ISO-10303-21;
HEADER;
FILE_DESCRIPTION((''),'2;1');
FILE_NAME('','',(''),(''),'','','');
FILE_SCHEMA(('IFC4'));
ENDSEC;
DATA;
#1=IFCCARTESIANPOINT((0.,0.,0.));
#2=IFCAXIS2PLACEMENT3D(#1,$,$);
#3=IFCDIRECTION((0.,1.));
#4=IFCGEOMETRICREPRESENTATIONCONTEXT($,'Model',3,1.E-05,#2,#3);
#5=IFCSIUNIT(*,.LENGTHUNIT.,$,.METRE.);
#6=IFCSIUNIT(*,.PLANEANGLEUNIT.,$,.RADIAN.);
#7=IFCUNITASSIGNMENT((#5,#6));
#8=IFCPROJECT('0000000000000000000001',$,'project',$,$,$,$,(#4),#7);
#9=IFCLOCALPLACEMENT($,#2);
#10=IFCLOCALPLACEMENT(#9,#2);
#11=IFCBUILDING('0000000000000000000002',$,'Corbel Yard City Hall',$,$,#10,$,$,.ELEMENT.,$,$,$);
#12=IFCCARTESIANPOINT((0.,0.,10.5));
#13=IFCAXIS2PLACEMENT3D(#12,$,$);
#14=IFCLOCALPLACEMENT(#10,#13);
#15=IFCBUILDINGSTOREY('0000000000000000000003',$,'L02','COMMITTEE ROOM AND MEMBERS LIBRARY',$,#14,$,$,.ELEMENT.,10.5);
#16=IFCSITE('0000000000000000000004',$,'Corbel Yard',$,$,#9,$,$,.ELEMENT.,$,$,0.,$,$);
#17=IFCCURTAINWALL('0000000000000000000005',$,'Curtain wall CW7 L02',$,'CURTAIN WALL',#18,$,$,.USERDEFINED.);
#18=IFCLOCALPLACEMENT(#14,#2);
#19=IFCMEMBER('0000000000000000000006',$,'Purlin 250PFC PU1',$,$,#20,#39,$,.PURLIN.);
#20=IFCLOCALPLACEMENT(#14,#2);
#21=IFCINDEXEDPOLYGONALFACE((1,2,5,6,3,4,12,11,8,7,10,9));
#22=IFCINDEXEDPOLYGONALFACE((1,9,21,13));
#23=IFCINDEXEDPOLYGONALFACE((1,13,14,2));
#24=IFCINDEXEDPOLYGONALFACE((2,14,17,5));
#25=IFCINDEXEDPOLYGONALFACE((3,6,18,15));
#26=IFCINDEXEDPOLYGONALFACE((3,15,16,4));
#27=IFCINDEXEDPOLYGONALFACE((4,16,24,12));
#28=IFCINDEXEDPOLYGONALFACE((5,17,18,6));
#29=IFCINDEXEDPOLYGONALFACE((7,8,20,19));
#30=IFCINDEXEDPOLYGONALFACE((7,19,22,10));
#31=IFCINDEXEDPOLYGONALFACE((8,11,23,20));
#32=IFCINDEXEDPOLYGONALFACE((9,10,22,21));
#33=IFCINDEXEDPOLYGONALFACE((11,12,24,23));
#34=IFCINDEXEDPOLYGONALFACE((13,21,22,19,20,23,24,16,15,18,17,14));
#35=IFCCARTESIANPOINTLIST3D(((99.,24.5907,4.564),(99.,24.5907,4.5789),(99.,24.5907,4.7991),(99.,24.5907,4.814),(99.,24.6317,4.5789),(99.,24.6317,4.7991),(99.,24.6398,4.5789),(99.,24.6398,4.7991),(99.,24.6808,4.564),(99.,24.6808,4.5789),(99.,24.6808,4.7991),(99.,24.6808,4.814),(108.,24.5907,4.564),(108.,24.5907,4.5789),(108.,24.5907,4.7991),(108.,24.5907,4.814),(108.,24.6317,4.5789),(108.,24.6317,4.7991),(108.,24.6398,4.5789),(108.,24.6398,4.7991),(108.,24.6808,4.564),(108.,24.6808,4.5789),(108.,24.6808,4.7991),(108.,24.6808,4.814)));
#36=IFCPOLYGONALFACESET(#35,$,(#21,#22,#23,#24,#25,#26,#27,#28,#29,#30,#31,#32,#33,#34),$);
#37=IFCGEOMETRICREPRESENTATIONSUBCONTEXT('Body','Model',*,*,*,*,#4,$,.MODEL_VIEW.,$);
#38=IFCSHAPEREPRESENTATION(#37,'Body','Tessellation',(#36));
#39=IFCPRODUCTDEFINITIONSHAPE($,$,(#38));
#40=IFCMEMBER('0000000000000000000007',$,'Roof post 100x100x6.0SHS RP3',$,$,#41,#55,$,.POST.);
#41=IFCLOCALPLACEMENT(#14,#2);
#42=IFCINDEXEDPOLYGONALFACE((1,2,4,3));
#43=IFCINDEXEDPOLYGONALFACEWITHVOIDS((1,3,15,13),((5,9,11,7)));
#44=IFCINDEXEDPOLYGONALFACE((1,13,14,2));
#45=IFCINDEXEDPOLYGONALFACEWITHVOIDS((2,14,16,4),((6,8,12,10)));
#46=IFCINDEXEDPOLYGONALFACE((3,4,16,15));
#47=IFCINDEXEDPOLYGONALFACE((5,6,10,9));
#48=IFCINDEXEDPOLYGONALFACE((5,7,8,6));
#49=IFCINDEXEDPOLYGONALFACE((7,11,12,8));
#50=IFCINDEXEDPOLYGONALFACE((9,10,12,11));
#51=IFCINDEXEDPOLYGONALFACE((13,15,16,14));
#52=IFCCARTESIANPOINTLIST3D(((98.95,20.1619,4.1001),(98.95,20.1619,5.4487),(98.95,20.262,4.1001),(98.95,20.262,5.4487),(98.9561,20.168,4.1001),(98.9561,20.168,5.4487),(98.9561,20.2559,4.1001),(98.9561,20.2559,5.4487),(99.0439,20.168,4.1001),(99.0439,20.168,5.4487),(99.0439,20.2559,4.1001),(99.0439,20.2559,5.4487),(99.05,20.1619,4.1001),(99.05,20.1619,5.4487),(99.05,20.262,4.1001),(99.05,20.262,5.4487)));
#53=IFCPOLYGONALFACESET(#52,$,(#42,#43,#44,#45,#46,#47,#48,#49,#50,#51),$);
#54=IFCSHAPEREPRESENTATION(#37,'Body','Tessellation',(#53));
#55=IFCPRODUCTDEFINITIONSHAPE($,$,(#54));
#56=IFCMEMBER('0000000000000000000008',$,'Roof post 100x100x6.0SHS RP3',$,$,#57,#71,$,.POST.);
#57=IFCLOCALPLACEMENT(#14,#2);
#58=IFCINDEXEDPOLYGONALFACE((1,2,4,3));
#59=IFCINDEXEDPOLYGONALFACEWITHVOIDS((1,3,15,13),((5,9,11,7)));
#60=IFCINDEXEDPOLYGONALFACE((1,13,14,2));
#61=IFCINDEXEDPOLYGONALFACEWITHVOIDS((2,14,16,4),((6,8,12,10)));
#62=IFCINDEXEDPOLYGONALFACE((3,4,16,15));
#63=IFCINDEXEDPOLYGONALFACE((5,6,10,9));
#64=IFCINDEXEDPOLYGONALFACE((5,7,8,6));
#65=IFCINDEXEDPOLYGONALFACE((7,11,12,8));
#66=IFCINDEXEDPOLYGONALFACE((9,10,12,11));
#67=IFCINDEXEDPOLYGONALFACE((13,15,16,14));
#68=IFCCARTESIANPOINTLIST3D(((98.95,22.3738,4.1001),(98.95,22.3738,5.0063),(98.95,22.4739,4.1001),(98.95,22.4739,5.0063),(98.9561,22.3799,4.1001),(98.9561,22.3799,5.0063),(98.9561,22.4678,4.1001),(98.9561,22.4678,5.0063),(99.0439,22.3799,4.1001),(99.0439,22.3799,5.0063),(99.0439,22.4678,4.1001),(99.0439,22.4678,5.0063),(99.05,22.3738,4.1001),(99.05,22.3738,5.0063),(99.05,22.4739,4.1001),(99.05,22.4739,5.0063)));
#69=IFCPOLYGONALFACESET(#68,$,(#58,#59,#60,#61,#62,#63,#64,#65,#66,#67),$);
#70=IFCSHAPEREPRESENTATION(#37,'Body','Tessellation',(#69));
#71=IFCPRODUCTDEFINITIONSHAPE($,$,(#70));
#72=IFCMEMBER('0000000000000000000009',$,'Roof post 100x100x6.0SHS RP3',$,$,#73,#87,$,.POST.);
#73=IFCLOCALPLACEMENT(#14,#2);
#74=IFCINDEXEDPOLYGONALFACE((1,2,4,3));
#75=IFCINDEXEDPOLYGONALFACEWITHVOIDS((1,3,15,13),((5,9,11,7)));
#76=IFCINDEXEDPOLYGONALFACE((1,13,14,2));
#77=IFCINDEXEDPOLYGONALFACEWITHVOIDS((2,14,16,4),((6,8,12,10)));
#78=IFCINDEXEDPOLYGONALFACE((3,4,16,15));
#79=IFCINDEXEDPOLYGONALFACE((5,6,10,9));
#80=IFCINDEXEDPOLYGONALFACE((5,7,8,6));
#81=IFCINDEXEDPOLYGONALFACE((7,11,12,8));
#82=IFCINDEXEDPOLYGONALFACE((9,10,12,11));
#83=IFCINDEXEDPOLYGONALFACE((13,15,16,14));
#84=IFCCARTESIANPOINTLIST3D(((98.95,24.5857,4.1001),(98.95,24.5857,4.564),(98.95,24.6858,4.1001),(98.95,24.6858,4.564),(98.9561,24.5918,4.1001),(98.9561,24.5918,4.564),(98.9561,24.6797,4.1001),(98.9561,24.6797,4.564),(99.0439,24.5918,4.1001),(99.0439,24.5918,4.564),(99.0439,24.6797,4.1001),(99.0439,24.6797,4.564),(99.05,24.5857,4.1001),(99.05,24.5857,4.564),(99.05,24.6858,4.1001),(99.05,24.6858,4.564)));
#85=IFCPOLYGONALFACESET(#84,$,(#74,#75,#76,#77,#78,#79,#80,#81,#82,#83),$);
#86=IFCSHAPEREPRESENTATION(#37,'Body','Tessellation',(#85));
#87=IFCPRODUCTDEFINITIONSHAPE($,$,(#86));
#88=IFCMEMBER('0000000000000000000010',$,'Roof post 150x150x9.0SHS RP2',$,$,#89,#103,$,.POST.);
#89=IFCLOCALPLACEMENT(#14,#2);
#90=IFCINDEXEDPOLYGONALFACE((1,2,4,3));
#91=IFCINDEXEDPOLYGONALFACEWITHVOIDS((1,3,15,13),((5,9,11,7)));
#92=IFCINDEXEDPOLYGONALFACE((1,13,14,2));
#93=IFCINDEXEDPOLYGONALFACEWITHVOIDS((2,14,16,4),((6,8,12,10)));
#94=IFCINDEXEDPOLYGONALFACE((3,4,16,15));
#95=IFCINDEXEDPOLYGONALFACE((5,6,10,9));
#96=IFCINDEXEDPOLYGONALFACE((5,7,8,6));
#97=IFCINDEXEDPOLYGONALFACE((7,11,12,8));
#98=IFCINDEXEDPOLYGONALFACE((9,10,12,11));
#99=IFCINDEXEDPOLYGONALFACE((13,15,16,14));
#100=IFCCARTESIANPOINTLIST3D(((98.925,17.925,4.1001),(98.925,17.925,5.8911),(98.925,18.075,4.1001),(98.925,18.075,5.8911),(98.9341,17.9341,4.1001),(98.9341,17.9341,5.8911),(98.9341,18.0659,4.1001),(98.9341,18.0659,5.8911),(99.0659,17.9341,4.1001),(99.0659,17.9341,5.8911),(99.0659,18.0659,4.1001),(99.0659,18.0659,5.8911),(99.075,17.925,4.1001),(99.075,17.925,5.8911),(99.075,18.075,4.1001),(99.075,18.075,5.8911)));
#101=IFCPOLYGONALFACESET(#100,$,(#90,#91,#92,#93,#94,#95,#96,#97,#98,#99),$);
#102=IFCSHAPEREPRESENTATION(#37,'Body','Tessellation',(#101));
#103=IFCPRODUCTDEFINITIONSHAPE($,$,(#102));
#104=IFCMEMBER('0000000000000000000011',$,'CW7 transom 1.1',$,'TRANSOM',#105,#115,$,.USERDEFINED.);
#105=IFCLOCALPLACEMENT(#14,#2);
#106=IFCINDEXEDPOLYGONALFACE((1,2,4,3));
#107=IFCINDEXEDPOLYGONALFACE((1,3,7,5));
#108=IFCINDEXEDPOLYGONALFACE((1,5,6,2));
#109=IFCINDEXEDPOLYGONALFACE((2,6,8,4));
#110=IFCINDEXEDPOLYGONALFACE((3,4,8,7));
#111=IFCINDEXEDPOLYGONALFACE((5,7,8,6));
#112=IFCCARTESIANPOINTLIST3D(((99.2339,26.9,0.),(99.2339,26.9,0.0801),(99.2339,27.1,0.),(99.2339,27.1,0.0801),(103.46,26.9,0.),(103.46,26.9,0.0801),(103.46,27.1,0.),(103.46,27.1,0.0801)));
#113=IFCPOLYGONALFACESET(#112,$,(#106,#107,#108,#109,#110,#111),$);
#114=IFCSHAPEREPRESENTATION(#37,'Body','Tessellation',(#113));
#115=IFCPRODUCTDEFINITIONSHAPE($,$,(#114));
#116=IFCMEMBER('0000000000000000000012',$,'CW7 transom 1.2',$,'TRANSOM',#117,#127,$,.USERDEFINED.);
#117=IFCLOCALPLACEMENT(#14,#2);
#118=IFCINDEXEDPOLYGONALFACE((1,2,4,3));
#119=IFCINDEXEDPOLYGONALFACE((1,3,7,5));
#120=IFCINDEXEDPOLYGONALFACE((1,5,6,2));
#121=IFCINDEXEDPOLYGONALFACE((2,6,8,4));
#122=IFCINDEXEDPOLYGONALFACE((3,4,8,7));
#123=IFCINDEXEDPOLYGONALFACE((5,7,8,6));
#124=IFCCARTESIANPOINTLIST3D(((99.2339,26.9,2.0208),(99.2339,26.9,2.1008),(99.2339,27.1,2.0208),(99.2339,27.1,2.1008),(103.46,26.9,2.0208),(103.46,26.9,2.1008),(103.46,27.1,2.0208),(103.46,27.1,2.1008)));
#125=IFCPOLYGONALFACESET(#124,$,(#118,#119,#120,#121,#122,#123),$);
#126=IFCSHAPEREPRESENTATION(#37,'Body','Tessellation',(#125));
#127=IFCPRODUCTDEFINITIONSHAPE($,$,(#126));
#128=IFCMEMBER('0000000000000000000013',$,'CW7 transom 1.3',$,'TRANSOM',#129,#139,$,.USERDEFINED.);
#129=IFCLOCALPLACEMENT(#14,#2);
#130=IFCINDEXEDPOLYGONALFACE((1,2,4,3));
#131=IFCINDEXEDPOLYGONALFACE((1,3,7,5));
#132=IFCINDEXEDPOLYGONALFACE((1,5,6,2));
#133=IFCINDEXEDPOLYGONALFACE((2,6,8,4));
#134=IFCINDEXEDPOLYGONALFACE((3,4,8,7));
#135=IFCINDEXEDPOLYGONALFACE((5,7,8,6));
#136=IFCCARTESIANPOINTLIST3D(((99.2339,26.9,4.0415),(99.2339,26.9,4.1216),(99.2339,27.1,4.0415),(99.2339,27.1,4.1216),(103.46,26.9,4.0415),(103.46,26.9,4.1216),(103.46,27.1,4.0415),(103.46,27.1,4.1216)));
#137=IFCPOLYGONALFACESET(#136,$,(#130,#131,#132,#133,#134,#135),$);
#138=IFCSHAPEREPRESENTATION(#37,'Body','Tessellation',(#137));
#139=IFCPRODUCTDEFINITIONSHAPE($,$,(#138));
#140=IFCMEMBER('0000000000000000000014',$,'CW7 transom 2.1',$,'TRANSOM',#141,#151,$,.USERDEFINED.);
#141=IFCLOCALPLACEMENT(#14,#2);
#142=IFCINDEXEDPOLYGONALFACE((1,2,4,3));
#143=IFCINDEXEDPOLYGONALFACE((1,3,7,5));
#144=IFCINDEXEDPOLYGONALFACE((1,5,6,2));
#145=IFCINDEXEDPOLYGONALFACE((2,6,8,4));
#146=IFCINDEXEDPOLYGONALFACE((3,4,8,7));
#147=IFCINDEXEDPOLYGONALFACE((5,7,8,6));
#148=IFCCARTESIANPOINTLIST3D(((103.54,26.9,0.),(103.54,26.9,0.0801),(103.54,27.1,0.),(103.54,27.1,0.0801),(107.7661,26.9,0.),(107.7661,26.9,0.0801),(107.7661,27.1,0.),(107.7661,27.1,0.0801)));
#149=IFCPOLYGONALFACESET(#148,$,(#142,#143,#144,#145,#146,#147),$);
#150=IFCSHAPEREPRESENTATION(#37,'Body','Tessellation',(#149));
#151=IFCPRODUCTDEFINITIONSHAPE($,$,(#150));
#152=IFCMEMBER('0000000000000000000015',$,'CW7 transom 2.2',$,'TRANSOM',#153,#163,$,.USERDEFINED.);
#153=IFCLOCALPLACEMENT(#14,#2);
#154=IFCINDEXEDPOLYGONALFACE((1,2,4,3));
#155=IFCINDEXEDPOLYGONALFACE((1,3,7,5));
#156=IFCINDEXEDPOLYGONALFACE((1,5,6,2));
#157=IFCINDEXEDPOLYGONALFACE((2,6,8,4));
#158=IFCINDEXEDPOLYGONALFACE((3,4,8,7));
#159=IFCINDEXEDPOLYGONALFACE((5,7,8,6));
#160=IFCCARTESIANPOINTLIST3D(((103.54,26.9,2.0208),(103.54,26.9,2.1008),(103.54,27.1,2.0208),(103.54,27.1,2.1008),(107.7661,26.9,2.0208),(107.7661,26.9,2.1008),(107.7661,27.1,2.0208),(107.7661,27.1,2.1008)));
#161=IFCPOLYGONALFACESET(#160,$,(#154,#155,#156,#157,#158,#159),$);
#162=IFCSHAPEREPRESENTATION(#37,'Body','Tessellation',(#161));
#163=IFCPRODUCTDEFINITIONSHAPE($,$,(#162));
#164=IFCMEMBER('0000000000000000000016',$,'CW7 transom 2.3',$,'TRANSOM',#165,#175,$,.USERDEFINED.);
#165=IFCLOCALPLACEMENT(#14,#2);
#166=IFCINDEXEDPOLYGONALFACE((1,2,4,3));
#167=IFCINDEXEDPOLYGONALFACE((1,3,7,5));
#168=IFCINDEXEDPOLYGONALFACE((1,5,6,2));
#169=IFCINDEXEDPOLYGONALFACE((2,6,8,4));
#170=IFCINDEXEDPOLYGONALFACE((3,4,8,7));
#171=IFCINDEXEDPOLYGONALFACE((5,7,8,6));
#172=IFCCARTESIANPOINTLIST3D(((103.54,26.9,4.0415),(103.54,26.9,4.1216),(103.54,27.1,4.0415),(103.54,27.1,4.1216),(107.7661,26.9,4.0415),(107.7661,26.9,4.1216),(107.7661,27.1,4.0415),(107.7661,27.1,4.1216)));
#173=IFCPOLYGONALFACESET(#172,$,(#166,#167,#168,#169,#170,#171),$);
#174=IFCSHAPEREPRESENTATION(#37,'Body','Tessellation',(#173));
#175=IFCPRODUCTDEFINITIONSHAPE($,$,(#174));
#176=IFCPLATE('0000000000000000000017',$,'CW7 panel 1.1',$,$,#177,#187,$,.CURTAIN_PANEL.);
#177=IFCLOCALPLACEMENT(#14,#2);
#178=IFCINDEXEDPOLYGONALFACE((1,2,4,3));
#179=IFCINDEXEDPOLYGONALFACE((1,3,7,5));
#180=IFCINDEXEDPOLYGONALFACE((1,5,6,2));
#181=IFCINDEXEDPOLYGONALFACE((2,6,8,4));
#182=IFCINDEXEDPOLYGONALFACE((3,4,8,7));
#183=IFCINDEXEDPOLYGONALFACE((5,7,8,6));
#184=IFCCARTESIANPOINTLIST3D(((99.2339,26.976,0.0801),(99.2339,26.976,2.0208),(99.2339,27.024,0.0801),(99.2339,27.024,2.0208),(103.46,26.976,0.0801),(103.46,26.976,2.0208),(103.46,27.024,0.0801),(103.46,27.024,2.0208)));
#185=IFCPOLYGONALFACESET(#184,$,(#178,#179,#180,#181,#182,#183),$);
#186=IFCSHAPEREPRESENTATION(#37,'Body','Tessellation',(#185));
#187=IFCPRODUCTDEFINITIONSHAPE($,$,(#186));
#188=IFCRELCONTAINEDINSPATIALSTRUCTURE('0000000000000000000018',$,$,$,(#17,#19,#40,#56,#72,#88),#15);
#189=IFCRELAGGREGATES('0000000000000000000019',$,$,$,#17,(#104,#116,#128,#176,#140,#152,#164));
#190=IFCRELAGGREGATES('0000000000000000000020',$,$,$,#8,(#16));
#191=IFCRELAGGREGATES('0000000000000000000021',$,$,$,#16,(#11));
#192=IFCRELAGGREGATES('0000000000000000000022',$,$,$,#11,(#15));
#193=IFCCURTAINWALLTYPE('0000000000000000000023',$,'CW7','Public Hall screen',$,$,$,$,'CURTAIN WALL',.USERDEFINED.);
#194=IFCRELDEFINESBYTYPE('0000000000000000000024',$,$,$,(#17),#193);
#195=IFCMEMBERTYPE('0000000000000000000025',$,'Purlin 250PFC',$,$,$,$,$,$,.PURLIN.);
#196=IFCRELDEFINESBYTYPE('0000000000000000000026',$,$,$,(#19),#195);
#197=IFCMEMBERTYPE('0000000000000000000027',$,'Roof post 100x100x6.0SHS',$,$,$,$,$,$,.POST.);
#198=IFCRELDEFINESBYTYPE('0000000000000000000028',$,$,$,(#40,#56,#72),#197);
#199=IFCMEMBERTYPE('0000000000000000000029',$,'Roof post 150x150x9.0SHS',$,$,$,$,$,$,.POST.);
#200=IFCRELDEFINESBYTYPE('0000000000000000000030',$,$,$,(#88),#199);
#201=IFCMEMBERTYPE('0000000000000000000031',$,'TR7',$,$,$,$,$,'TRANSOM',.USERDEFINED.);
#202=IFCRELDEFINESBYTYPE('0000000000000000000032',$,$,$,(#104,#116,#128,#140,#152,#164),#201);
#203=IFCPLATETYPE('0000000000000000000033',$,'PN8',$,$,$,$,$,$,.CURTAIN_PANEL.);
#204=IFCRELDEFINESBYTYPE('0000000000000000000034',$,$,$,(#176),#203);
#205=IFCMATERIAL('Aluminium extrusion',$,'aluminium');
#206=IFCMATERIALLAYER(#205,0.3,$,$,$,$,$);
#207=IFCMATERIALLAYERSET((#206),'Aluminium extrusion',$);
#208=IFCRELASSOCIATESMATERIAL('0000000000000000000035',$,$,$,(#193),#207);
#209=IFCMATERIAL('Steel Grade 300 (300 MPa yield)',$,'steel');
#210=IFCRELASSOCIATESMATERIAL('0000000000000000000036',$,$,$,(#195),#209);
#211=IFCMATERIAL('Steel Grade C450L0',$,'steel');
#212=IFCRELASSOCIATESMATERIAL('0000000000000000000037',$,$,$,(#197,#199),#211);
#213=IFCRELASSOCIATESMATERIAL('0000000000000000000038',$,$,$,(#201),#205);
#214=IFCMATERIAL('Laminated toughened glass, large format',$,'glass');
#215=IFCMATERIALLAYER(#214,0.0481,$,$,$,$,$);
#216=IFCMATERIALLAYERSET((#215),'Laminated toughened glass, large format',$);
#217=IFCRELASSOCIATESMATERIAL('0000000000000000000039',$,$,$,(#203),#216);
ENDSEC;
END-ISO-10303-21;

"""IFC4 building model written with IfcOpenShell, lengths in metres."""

from ifc_helpers import new_model, si_unit, direction, frame, origin, origin_2d, place, context, subcontext, project, spatial, rectangle, hollow_rectangle, i_section, extrude, material, layer, layer_set, material_profile, profile_set, type_object, element, aggregate, save


model = new_model("IFC4")

# Units and contexts
model_context = context("Model", 3, precision=1e-05, world=origin(), true_north=direction((0.0, 1.0)))
body_context = subcontext(model_context, "Body", "Model", "MODEL_VIEW")
ifc_project = project(units=[si_unit("LENGTHUNIT", "METRE"), si_unit("PLANEANGLEUNIT", "RADIAN")], contexts=[model_context])

# Site, building, storey
site_placement = place(None, origin())
site = spatial("IfcSite", under=ifc_project, at=site_placement, Name="Corbel Yard", CompositionType="ELEMENT", RefElevation=0.0)
building_placement = place(site_placement, origin())
building = spatial("IfcBuilding", under=site, at=building_placement, Name="Corbel Yard City Hall", CompositionType="ELEMENT")
storey_placement = place(building_placement, frame((0.0, 0.0, 10.5)))
storey = spatial("IfcBuildingStorey", under=building, at=storey_placement, Name="L02", Description="COMMITTEE ROOM AND MEMBERS LIBRARY", CompositionType="ELEMENT", Elevation=10.5)

# Shared definitions
ifc_material_1 = material(Name="Steel Grade 300 (300 MPa yield)", Category="steel")

# Curtain wall
ifc_material_2 = material(Name="Aluminium extrusion", Category="aluminium")
ifc_layer_1 = layer(ifc_material_2, 0.3)
ifc_layer_set_1 = layer_set([ifc_layer_1], Name="Aluminium extrusion")
curtain_wall_type = type_object("IfcCurtainWallType", Name="CW7", Description="Public Hall screen", ElementType="CURTAIN WALL", PredefinedType="USERDEFINED", material=ifc_layer_set_1)
curtain_wall_placement = place(storey_placement, origin())
curtain_wall = element("IfcCurtainWall", 1, at=curtain_wall_placement, inside=storey, type_object=curtain_wall_type, Name="Curtain wall CW7 L02", ObjectType="CURTAIN WALL", PredefinedType="USERDEFINED")

# Members
ifc_material_profile_1 = material_profile(ifc_material_1, i_section(OverallWidth=0.0901, OverallDepth=0.25, WebThickness=0.0081, FlangeThickness=0.0149, at=origin_2d()), Name="250PFC")
ifc_profile_set_1 = profile_set([ifc_material_profile_1], Name="Steel Grade 300 (300 MPa yield)")
member_type_1 = type_object("IfcMemberType", Name="Purlin 250PFC", PredefinedType="PURLIN", material=ifc_profile_set_1)
for number, where, z_axis, x_axis, name in (
    (2, (99.0, 24.6357, 4.689), (1.0, 0.0, 0.0), (0.0, 1.0, 0.0), "Purlin 250PFC PU1"),
):
    element("IfcMember", number, at=place(storey_placement, frame(where, z_axis=z_axis, x_axis=x_axis)), inside=storey, type_object=member_type_1, Name=name, PredefinedType="PURLIN", context=body_context, shape_type="SweptSolid", body=[
        extrude(i_section(OverallWidth=0.0901, OverallDepth=0.25, WebThickness=0.0081, FlangeThickness=0.0149, at=origin_2d()), origin(), (0.0, 0.0, 1.0), 9.0),
    ])
ifc_material_3 = material(Name="Steel Grade C450L0", Category="steel")
ifc_material_profile_2 = material_profile(ifc_material_3, hollow_rectangle(XDim=0.1001, YDim=0.1001, WallThickness=0.0061, at=origin_2d()), Name="100x100x6.0SHS")
ifc_profile_set_2 = profile_set([ifc_material_profile_2], Name="Steel Grade C450L0")
member_type_2 = type_object("IfcMemberType", Name="Roof post 100x100x6.0SHS", PredefinedType="POST", material=ifc_profile_set_2)
member_1_placement = place(storey_placement, frame((99.0, 20.2119, 4.1001), z_axis=(0.0, 0.0, 1.0), x_axis=(1.0, 0.0, 0.0)))
element("IfcMember", 3, at=member_1_placement, inside=storey, type_object=member_type_2, Name="Roof post 100x100x6.0SHS RP3", PredefinedType="POST", context=body_context, shape_type="SweptSolid", body=[
    extrude(hollow_rectangle(XDim=0.1001, YDim=0.1001, WallThickness=0.0061, at=origin_2d()), origin(), (0.0, 0.0, 1.0), 1.3486),
])
member_2_placement = place(storey_placement, frame((99.0, 22.4238, 4.1001), z_axis=(0.0, 0.0, 1.0), x_axis=(1.0, 0.0, 0.0)))
element("IfcMember", 4, at=member_2_placement, inside=storey, type_object=member_type_2, Name="Roof post 100x100x6.0SHS RP3", PredefinedType="POST", context=body_context, shape_type="SweptSolid", body=[
    extrude(hollow_rectangle(XDim=0.1001, YDim=0.1001, WallThickness=0.0061, at=origin_2d()), origin(), (0.0, 0.0, 1.0), 0.9062),
])
member_3_placement = place(storey_placement, frame((99.0, 24.6357, 4.1001), z_axis=(0.0, 0.0, 1.0), x_axis=(1.0, 0.0, 0.0)))
element("IfcMember", 5, at=member_3_placement, inside=storey, type_object=member_type_2, Name="Roof post 100x100x6.0SHS RP3", PredefinedType="POST", context=body_context, shape_type="SweptSolid", body=[
    extrude(hollow_rectangle(XDim=0.1001, YDim=0.1001, WallThickness=0.0061, at=origin_2d()), origin(), (0.0, 0.0, 1.0), 0.4639),
])
ifc_material_profile_3 = material_profile(ifc_material_3, hollow_rectangle(XDim=0.1499, YDim=0.1499, WallThickness=0.009, at=origin_2d()), Name="150x150x9.0SHS")
ifc_profile_set_3 = profile_set([ifc_material_profile_3], Name="Steel Grade C450L0")
member_type_3 = type_object("IfcMemberType", Name="Roof post 150x150x9.0SHS", PredefinedType="POST", material=ifc_profile_set_3)
member_4_placement = place(storey_placement, frame((99.0, 18.0, 4.1001), z_axis=(0.0, 0.0, 1.0), x_axis=(1.0, 0.0, 0.0)))
element("IfcMember", 6, at=member_4_placement, inside=storey, type_object=member_type_3, Name="Roof post 150x150x9.0SHS RP2", PredefinedType="POST", context=body_context, shape_type="SweptSolid", body=[
    extrude(hollow_rectangle(XDim=0.1499, YDim=0.1499, WallThickness=0.009, at=origin_2d()), origin(), (0.0, 0.0, 1.0), 1.791),
])

# Members
ifc_material_profile_4 = material_profile(ifc_material_2, rectangle(XDim=0.2, YDim=0.0801, at=origin_2d()), Name="200x80")
ifc_profile_set_4 = profile_set([ifc_material_profile_4], Name="Aluminium extrusion")
member_type_4 = type_object("IfcMemberType", Name="TR7", ElementType="TRANSOM", PredefinedType="USERDEFINED", material=ifc_profile_set_4)
member_5_placement = place(storey_placement, frame((99.2339, 27.0, 0.04), z_axis=(1.0, 0.0, 0.0), x_axis=(0.0, 1.0, 0.0)))
member_5 = element("IfcMember", 7, at=member_5_placement, type_object=member_type_4, Name="CW7 transom 1.1", ObjectType="TRANSOM", PredefinedType="USERDEFINED", context=body_context, shape_type="SweptSolid", body=[
    extrude(rectangle(XDim=0.2, YDim=0.0801, at=origin_2d()), origin(), (0.0, 0.0, 1.0), 4.2261),
])
member_6_placement = place(storey_placement, frame((99.2339, 27.0, 2.0608), z_axis=(1.0, 0.0, 0.0), x_axis=(0.0, 1.0, 0.0)))
member_6 = element("IfcMember", 8, at=member_6_placement, type_object=member_type_4, Name="CW7 transom 1.2", ObjectType="TRANSOM", PredefinedType="USERDEFINED", context=body_context, shape_type="SweptSolid", body=[
    extrude(rectangle(XDim=0.2, YDim=0.0801, at=origin_2d()), origin(), (0.0, 0.0, 1.0), 4.2261),
])
member_7_placement = place(storey_placement, frame((99.2339, 27.0, 4.0815), z_axis=(1.0, 0.0, 0.0), x_axis=(0.0, 1.0, 0.0)))
member_7 = element("IfcMember", 9, at=member_7_placement, type_object=member_type_4, Name="CW7 transom 1.3", ObjectType="TRANSOM", PredefinedType="USERDEFINED", context=body_context, shape_type="SweptSolid", body=[
    extrude(rectangle(XDim=0.2, YDim=0.0801, at=origin_2d()), origin(), (0.0, 0.0, 1.0), 4.2261),
])
member_8_placement = place(storey_placement, frame((103.54, 27.0, 0.04), z_axis=(1.0, 0.0, 0.0), x_axis=(0.0, 1.0, 0.0)))
member_8 = element("IfcMember", 10, at=member_8_placement, type_object=member_type_4, Name="CW7 transom 2.1", ObjectType="TRANSOM", PredefinedType="USERDEFINED", context=body_context, shape_type="SweptSolid", body=[
    extrude(rectangle(XDim=0.2, YDim=0.0801, at=origin_2d()), origin(), (0.0, 0.0, 1.0), 4.2261),
])
member_9_placement = place(storey_placement, frame((103.54, 27.0, 2.0608), z_axis=(1.0, 0.0, 0.0), x_axis=(0.0, 1.0, 0.0)))
member_9 = element("IfcMember", 11, at=member_9_placement, type_object=member_type_4, Name="CW7 transom 2.2", ObjectType="TRANSOM", PredefinedType="USERDEFINED", context=body_context, shape_type="SweptSolid", body=[
    extrude(rectangle(XDim=0.2, YDim=0.0801, at=origin_2d()), origin(), (0.0, 0.0, 1.0), 4.2261),
])
member_10_placement = place(storey_placement, frame((103.54, 27.0, 4.0815), z_axis=(1.0, 0.0, 0.0), x_axis=(0.0, 1.0, 0.0)))
member_10 = element("IfcMember", 12, at=member_10_placement, type_object=member_type_4, Name="CW7 transom 2.3", ObjectType="TRANSOM", PredefinedType="USERDEFINED", context=body_context, shape_type="SweptSolid", body=[
    extrude(rectangle(XDim=0.2, YDim=0.0801, at=origin_2d()), origin(), (0.0, 0.0, 1.0), 4.2261),
])

# Plate
ifc_material_4 = material(Name="Laminated toughened glass, large format", Category="glass")
ifc_layer_2 = layer(ifc_material_4, 0.0481)
ifc_layer_set_2 = layer_set([ifc_layer_2], Name="Laminated toughened glass, large format")
plate_type_1 = type_object("IfcPlateType", Name="PN8", PredefinedType="CURTAIN_PANEL", material=ifc_layer_set_2)
plate_1_placement = place(storey_placement, frame((101.3469, 27.0, 0.0801), z_axis=(0.0, 0.0, 1.0), x_axis=(1.0, 0.0, 0.0)))
plate_1 = element("IfcPlate", 13, at=plate_1_placement, type_object=plate_type_1, Name="CW7 panel 1.1", PredefinedType="CURTAIN_PANEL", context=body_context, shape_type="SweptSolid", body=[
    extrude(rectangle(XDim=4.2261, YDim=0.0481, at=origin_2d()), origin(), (0.0, 0.0, 1.0), 1.9407),
])
aggregate(curtain_wall, [member_5, member_6, member_7, plate_1, member_8, member_9, member_10])

save(model, "model.ifc")
